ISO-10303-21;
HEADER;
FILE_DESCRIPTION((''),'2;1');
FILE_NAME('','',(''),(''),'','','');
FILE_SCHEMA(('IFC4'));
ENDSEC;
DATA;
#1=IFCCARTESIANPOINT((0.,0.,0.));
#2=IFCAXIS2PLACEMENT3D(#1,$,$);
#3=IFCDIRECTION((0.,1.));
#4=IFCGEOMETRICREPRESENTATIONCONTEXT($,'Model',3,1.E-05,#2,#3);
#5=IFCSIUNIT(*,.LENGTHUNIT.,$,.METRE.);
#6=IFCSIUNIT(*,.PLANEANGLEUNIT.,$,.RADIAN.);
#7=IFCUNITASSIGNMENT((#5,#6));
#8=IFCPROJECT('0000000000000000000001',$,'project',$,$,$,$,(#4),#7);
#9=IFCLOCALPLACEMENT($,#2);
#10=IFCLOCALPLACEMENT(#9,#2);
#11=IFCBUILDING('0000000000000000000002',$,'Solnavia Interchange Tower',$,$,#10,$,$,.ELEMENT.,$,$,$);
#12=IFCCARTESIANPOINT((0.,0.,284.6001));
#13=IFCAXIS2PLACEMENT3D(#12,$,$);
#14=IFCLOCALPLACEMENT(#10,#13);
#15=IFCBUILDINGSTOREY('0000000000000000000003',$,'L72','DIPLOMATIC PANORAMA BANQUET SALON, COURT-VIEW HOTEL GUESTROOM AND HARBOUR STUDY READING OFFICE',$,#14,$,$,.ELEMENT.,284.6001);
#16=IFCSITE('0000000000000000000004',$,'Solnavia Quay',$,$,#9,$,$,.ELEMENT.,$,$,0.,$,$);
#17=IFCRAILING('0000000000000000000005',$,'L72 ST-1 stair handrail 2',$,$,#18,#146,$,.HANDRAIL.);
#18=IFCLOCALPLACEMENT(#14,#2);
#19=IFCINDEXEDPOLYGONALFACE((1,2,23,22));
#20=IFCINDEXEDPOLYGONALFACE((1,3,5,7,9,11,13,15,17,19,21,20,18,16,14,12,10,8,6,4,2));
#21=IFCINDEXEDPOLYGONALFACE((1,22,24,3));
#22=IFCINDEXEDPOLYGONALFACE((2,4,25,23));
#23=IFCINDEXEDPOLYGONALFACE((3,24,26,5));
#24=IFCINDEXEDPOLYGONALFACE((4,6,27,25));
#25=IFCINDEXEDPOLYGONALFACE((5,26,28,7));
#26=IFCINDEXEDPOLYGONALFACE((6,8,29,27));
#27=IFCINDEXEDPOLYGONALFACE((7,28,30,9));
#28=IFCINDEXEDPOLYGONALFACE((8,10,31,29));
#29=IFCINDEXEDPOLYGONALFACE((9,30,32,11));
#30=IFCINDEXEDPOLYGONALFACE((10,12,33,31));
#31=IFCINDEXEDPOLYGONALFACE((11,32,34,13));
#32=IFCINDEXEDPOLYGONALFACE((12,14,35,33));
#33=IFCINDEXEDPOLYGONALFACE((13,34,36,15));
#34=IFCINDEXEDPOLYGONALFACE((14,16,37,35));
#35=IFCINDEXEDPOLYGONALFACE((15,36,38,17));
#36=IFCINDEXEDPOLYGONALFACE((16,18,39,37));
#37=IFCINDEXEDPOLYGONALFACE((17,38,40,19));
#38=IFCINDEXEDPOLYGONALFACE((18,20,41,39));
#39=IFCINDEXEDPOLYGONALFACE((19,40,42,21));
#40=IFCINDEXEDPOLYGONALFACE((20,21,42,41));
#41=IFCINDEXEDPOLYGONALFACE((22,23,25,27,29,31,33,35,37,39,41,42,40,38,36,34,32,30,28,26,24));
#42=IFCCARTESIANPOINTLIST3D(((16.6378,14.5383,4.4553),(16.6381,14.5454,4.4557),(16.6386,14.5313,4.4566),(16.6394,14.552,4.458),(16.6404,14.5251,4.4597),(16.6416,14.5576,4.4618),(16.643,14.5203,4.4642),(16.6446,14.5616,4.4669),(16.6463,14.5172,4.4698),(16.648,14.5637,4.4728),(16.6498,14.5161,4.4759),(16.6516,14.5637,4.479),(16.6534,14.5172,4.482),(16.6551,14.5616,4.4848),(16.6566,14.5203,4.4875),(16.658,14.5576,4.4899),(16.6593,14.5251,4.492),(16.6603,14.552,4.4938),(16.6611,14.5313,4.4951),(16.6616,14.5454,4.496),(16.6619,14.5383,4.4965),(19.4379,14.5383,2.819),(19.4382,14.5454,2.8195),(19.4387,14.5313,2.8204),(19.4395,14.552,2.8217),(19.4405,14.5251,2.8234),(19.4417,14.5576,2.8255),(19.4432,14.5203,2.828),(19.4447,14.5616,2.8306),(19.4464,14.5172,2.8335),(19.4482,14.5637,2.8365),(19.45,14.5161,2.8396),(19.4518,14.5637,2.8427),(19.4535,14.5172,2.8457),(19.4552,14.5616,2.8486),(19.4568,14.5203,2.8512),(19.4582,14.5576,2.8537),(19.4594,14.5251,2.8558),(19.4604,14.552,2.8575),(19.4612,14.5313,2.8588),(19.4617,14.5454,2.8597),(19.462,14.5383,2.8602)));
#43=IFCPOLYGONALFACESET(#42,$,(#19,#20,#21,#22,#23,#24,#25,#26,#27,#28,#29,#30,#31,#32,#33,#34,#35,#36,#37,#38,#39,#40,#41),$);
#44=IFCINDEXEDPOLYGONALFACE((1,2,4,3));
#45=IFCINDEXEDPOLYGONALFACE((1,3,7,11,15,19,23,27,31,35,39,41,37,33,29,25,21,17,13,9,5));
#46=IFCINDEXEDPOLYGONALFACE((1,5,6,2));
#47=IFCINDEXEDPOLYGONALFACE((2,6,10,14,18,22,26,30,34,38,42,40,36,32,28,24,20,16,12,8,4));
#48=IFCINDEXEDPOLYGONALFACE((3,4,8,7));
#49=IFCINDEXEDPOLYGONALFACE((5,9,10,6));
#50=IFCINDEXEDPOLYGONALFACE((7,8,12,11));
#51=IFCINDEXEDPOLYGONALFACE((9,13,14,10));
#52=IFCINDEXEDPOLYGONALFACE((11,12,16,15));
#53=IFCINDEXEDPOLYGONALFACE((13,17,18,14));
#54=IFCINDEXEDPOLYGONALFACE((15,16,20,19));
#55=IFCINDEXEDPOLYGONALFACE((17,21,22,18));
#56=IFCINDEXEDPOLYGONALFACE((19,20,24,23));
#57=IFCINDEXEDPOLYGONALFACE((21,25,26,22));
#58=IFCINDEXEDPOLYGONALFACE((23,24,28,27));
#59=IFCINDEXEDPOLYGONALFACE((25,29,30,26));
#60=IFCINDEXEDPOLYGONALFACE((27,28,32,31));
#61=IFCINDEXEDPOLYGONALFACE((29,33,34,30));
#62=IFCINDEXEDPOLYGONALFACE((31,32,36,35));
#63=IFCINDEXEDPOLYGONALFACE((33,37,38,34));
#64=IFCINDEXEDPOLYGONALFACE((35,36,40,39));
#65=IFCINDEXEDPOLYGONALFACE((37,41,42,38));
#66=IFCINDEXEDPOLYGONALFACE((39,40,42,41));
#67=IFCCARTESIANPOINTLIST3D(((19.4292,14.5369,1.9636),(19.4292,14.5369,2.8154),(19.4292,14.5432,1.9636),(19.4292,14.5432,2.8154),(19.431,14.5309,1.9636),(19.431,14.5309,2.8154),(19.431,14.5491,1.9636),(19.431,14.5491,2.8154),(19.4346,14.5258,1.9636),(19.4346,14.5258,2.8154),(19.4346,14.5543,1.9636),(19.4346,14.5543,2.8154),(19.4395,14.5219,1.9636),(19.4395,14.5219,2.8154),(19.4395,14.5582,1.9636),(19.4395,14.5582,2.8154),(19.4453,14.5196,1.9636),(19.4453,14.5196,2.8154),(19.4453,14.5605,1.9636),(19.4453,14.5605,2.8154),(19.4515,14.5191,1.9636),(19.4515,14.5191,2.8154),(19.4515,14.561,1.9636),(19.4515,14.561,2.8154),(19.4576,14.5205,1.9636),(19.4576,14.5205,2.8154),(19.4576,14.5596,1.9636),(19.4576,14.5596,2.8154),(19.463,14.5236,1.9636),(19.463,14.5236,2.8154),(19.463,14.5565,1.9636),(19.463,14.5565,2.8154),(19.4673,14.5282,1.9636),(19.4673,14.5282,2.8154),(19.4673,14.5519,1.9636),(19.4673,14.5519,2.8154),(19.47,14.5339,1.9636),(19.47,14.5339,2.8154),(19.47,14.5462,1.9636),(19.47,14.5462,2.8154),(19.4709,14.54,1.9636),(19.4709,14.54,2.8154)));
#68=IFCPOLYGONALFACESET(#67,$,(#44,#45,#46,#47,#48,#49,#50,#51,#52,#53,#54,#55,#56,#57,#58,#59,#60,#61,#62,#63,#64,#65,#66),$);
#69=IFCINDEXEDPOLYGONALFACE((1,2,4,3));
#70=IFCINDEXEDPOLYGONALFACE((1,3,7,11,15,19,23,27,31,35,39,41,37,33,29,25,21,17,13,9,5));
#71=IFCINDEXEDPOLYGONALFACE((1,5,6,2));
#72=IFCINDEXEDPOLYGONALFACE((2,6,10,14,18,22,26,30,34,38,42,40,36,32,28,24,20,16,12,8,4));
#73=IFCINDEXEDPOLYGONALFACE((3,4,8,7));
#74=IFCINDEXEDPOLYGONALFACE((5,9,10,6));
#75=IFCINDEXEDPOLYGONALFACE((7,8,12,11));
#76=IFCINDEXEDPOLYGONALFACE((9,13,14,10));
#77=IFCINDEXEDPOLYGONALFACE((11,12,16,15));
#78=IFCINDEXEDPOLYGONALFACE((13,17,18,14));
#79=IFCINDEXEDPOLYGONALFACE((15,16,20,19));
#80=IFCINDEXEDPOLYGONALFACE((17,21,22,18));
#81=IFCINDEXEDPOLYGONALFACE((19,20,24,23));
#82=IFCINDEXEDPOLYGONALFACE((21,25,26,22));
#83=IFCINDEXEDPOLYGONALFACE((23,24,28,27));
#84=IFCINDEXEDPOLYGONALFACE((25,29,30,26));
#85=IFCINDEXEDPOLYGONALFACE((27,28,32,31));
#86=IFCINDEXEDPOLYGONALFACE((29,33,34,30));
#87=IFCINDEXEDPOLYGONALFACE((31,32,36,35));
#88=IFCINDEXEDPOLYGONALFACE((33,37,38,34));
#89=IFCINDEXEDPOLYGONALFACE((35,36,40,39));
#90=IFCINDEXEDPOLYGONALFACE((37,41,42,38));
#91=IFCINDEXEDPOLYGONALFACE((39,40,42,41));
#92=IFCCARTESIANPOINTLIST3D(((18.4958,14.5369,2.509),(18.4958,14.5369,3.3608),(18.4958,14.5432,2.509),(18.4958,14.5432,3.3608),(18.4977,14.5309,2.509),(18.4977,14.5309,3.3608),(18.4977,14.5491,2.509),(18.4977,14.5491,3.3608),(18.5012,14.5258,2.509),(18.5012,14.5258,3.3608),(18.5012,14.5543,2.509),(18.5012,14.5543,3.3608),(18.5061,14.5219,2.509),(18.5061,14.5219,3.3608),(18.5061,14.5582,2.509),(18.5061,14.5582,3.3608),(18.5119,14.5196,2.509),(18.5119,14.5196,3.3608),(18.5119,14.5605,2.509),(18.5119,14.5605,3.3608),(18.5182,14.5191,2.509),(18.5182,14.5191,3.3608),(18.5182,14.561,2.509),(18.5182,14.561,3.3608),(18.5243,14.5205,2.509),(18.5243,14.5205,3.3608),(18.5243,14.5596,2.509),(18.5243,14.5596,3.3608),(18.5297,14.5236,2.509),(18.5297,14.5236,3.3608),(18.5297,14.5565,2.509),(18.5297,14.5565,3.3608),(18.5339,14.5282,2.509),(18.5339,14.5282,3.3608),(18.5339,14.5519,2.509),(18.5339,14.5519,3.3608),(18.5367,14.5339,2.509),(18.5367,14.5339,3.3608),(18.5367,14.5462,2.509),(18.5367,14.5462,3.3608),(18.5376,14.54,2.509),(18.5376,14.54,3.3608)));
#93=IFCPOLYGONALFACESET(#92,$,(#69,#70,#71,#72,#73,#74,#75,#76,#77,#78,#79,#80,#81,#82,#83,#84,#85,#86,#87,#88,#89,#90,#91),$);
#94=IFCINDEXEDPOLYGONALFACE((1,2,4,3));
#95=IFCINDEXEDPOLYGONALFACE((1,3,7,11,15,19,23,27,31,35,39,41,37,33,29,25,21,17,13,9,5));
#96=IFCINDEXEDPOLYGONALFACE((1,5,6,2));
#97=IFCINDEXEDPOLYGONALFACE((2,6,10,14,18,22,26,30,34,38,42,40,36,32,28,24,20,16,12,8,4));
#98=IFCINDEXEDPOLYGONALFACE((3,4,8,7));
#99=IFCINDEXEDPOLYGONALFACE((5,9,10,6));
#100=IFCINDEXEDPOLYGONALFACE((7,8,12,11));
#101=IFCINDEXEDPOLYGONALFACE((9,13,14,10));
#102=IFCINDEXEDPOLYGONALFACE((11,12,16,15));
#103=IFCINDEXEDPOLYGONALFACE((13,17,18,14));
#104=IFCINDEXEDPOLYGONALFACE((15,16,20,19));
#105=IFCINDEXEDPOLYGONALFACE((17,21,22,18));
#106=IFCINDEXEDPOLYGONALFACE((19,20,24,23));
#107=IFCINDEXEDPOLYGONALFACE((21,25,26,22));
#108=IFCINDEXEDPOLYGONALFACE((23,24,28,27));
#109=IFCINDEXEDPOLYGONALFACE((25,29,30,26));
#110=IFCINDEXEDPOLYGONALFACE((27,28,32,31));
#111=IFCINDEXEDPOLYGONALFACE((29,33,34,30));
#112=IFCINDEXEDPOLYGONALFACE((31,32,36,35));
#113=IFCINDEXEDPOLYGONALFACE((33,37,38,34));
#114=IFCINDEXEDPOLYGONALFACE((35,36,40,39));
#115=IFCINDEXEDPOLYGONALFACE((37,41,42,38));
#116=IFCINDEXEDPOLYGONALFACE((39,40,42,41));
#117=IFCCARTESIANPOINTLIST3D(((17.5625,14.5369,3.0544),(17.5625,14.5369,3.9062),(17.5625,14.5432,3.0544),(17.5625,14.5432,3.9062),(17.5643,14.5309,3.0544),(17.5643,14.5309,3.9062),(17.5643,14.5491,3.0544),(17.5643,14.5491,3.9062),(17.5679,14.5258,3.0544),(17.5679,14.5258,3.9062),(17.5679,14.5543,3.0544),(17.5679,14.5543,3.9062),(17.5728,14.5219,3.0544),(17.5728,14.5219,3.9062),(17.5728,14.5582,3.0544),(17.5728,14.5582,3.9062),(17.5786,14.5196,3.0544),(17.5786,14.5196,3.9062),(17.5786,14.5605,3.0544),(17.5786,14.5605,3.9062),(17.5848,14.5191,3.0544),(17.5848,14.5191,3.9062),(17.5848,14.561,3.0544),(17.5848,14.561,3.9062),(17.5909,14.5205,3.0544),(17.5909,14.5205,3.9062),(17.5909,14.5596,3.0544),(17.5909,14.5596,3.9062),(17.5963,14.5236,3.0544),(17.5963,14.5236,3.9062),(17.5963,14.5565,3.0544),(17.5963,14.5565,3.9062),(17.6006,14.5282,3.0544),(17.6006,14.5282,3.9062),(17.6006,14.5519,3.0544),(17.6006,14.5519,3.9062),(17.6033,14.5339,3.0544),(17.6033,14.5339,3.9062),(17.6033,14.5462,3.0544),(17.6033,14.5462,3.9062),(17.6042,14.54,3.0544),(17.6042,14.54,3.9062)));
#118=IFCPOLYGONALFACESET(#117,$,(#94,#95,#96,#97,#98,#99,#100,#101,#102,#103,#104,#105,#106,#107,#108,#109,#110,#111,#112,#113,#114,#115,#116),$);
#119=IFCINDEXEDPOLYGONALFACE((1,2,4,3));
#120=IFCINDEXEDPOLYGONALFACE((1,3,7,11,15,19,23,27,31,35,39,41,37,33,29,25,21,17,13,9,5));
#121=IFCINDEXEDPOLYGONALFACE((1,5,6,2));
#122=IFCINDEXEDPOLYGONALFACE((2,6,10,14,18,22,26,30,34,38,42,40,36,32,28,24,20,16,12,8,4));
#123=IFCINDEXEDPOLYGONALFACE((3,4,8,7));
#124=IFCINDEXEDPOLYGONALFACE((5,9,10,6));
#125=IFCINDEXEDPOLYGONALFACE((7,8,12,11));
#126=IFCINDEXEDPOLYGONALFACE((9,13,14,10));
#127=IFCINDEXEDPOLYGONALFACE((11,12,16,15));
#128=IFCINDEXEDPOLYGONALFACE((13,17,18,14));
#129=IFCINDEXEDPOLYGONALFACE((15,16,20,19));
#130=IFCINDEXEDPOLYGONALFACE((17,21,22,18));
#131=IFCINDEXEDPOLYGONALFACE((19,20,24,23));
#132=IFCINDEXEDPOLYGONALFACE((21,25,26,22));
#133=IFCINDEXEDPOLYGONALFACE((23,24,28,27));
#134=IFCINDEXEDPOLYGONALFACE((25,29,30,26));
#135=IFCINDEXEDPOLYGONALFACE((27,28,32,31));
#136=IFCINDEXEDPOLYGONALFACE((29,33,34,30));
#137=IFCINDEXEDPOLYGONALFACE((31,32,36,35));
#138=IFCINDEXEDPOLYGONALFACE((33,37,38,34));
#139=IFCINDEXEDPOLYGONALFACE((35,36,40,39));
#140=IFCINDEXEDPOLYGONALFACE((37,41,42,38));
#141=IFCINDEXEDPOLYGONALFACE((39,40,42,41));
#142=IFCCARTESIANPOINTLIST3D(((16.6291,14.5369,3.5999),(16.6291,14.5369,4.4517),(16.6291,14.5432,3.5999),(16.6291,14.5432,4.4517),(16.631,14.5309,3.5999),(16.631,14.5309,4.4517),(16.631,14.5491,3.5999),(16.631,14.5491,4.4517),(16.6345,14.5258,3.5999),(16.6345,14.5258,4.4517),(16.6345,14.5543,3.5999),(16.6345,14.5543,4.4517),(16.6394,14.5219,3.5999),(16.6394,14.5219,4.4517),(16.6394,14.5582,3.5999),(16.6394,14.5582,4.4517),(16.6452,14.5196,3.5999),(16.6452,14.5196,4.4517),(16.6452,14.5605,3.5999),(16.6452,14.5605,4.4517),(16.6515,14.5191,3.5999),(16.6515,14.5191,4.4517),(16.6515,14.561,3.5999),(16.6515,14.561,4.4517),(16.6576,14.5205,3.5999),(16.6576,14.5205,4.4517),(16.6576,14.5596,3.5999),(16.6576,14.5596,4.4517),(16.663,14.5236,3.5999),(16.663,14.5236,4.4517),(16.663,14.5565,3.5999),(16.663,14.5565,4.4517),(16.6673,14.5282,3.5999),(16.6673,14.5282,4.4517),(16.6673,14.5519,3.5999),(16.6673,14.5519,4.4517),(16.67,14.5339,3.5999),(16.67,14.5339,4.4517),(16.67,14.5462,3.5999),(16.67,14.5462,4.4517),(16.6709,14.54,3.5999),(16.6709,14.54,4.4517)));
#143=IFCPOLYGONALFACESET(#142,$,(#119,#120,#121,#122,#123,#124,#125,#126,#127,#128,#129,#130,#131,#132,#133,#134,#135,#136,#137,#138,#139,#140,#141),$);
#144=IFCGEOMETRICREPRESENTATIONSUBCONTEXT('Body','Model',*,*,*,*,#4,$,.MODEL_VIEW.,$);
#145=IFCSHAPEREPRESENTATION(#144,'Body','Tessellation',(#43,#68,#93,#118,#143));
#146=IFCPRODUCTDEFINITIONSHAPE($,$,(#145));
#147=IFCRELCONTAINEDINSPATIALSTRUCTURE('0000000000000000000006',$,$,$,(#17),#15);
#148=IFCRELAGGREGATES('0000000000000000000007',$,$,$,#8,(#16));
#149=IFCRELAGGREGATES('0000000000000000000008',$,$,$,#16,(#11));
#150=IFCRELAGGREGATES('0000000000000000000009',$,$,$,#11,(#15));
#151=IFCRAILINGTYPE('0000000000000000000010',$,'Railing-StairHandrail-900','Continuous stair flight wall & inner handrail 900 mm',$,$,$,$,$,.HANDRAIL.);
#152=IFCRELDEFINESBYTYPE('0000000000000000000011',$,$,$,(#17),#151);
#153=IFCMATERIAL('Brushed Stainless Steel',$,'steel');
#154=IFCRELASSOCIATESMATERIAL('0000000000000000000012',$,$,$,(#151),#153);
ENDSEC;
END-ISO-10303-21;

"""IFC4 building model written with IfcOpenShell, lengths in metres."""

from ifc_helpers import new_model, si_unit, direction, frame, origin, origin_2d, place, context, subcontext, project, spatial, circle, extrude, material, type_object, element, save


model = new_model("IFC4")

# Units and contexts
model_context = context("Model", 3, precision=1e-05, world=origin(), true_north=direction((0.0, 1.0)))
body_context = subcontext(model_context, "Body", "Model", "MODEL_VIEW")
ifc_project = project(units=[si_unit("LENGTHUNIT", "METRE"), si_unit("PLANEANGLEUNIT", "RADIAN")], contexts=[model_context])

# Site, building, storey
site_placement = place(None, origin())
site = spatial("IfcSite", under=ifc_project, at=site_placement, Name="Solnavia Quay", CompositionType="ELEMENT", RefElevation=0.0)
building_placement = place(site_placement, origin())
building = spatial("IfcBuilding", under=site, at=building_placement, Name="Solnavia Interchange Tower", CompositionType="ELEMENT")
storey_placement = place(building_placement, frame((0.0, 0.0, 284.6001)))
storey = spatial("IfcBuildingStorey", under=building, at=storey_placement, Name="L72", Description="DIPLOMATIC PANORAMA BANQUET SALON, COURT-VIEW HOTEL GUESTROOM AND HARBOUR STUDY READING OFFICE", CompositionType="ELEMENT", Elevation=284.6001)

# Railing
ifc_material_1 = material(Name="Brushed Stainless Steel", Category="steel")
railing_type_1 = type_object("IfcRailingType", Name="Railing-StairHandrail-900", Description="Continuous stair flight wall & inner handrail 900 mm", PredefinedType="HANDRAIL", material=ifc_material_1)
for number, where, name in (
    (1, (19.45, 14.54, 1.9636), "L72 ST-1 stair handrail 2"),
):
    element("IfcRailing", number, at=place(storey_placement, frame(where)), inside=storey, type_object=railing_type_1, Name=name, PredefinedType="HANDRAIL", context=body_context, shape_type="SweptSolid", body=[
        extrude(circle(Radius=0.0239, at=origin_2d()), frame((0.0, 0.0, 0.876), z_axis=(-0.863394, 0.0, 0.504531), x_axis=(0.0, -1.0, 0.0)), (0.0, 0.0, 1.0), 3.2432),
        extrude(circle(Radius=0.021, at=origin_2d()), origin(), (0.0, 0.0, 1.0), 0.8518),
        extrude(circle(Radius=0.021, at=origin_2d()), frame((-0.9333, 0.0, 0.5454)), (0.0, 0.0, 1.0), 0.8518),
        extrude(circle(Radius=0.021, at=origin_2d()), frame((-1.8667, 0.0, 1.0908)), (0.0, 0.0, 1.0), 0.8518),
        extrude(circle(Radius=0.021, at=origin_2d()), frame((-2.8, 0.0, 1.6362)), (0.0, 0.0, 1.0), 0.8518),
    ])

save(model, "model.ifc")
